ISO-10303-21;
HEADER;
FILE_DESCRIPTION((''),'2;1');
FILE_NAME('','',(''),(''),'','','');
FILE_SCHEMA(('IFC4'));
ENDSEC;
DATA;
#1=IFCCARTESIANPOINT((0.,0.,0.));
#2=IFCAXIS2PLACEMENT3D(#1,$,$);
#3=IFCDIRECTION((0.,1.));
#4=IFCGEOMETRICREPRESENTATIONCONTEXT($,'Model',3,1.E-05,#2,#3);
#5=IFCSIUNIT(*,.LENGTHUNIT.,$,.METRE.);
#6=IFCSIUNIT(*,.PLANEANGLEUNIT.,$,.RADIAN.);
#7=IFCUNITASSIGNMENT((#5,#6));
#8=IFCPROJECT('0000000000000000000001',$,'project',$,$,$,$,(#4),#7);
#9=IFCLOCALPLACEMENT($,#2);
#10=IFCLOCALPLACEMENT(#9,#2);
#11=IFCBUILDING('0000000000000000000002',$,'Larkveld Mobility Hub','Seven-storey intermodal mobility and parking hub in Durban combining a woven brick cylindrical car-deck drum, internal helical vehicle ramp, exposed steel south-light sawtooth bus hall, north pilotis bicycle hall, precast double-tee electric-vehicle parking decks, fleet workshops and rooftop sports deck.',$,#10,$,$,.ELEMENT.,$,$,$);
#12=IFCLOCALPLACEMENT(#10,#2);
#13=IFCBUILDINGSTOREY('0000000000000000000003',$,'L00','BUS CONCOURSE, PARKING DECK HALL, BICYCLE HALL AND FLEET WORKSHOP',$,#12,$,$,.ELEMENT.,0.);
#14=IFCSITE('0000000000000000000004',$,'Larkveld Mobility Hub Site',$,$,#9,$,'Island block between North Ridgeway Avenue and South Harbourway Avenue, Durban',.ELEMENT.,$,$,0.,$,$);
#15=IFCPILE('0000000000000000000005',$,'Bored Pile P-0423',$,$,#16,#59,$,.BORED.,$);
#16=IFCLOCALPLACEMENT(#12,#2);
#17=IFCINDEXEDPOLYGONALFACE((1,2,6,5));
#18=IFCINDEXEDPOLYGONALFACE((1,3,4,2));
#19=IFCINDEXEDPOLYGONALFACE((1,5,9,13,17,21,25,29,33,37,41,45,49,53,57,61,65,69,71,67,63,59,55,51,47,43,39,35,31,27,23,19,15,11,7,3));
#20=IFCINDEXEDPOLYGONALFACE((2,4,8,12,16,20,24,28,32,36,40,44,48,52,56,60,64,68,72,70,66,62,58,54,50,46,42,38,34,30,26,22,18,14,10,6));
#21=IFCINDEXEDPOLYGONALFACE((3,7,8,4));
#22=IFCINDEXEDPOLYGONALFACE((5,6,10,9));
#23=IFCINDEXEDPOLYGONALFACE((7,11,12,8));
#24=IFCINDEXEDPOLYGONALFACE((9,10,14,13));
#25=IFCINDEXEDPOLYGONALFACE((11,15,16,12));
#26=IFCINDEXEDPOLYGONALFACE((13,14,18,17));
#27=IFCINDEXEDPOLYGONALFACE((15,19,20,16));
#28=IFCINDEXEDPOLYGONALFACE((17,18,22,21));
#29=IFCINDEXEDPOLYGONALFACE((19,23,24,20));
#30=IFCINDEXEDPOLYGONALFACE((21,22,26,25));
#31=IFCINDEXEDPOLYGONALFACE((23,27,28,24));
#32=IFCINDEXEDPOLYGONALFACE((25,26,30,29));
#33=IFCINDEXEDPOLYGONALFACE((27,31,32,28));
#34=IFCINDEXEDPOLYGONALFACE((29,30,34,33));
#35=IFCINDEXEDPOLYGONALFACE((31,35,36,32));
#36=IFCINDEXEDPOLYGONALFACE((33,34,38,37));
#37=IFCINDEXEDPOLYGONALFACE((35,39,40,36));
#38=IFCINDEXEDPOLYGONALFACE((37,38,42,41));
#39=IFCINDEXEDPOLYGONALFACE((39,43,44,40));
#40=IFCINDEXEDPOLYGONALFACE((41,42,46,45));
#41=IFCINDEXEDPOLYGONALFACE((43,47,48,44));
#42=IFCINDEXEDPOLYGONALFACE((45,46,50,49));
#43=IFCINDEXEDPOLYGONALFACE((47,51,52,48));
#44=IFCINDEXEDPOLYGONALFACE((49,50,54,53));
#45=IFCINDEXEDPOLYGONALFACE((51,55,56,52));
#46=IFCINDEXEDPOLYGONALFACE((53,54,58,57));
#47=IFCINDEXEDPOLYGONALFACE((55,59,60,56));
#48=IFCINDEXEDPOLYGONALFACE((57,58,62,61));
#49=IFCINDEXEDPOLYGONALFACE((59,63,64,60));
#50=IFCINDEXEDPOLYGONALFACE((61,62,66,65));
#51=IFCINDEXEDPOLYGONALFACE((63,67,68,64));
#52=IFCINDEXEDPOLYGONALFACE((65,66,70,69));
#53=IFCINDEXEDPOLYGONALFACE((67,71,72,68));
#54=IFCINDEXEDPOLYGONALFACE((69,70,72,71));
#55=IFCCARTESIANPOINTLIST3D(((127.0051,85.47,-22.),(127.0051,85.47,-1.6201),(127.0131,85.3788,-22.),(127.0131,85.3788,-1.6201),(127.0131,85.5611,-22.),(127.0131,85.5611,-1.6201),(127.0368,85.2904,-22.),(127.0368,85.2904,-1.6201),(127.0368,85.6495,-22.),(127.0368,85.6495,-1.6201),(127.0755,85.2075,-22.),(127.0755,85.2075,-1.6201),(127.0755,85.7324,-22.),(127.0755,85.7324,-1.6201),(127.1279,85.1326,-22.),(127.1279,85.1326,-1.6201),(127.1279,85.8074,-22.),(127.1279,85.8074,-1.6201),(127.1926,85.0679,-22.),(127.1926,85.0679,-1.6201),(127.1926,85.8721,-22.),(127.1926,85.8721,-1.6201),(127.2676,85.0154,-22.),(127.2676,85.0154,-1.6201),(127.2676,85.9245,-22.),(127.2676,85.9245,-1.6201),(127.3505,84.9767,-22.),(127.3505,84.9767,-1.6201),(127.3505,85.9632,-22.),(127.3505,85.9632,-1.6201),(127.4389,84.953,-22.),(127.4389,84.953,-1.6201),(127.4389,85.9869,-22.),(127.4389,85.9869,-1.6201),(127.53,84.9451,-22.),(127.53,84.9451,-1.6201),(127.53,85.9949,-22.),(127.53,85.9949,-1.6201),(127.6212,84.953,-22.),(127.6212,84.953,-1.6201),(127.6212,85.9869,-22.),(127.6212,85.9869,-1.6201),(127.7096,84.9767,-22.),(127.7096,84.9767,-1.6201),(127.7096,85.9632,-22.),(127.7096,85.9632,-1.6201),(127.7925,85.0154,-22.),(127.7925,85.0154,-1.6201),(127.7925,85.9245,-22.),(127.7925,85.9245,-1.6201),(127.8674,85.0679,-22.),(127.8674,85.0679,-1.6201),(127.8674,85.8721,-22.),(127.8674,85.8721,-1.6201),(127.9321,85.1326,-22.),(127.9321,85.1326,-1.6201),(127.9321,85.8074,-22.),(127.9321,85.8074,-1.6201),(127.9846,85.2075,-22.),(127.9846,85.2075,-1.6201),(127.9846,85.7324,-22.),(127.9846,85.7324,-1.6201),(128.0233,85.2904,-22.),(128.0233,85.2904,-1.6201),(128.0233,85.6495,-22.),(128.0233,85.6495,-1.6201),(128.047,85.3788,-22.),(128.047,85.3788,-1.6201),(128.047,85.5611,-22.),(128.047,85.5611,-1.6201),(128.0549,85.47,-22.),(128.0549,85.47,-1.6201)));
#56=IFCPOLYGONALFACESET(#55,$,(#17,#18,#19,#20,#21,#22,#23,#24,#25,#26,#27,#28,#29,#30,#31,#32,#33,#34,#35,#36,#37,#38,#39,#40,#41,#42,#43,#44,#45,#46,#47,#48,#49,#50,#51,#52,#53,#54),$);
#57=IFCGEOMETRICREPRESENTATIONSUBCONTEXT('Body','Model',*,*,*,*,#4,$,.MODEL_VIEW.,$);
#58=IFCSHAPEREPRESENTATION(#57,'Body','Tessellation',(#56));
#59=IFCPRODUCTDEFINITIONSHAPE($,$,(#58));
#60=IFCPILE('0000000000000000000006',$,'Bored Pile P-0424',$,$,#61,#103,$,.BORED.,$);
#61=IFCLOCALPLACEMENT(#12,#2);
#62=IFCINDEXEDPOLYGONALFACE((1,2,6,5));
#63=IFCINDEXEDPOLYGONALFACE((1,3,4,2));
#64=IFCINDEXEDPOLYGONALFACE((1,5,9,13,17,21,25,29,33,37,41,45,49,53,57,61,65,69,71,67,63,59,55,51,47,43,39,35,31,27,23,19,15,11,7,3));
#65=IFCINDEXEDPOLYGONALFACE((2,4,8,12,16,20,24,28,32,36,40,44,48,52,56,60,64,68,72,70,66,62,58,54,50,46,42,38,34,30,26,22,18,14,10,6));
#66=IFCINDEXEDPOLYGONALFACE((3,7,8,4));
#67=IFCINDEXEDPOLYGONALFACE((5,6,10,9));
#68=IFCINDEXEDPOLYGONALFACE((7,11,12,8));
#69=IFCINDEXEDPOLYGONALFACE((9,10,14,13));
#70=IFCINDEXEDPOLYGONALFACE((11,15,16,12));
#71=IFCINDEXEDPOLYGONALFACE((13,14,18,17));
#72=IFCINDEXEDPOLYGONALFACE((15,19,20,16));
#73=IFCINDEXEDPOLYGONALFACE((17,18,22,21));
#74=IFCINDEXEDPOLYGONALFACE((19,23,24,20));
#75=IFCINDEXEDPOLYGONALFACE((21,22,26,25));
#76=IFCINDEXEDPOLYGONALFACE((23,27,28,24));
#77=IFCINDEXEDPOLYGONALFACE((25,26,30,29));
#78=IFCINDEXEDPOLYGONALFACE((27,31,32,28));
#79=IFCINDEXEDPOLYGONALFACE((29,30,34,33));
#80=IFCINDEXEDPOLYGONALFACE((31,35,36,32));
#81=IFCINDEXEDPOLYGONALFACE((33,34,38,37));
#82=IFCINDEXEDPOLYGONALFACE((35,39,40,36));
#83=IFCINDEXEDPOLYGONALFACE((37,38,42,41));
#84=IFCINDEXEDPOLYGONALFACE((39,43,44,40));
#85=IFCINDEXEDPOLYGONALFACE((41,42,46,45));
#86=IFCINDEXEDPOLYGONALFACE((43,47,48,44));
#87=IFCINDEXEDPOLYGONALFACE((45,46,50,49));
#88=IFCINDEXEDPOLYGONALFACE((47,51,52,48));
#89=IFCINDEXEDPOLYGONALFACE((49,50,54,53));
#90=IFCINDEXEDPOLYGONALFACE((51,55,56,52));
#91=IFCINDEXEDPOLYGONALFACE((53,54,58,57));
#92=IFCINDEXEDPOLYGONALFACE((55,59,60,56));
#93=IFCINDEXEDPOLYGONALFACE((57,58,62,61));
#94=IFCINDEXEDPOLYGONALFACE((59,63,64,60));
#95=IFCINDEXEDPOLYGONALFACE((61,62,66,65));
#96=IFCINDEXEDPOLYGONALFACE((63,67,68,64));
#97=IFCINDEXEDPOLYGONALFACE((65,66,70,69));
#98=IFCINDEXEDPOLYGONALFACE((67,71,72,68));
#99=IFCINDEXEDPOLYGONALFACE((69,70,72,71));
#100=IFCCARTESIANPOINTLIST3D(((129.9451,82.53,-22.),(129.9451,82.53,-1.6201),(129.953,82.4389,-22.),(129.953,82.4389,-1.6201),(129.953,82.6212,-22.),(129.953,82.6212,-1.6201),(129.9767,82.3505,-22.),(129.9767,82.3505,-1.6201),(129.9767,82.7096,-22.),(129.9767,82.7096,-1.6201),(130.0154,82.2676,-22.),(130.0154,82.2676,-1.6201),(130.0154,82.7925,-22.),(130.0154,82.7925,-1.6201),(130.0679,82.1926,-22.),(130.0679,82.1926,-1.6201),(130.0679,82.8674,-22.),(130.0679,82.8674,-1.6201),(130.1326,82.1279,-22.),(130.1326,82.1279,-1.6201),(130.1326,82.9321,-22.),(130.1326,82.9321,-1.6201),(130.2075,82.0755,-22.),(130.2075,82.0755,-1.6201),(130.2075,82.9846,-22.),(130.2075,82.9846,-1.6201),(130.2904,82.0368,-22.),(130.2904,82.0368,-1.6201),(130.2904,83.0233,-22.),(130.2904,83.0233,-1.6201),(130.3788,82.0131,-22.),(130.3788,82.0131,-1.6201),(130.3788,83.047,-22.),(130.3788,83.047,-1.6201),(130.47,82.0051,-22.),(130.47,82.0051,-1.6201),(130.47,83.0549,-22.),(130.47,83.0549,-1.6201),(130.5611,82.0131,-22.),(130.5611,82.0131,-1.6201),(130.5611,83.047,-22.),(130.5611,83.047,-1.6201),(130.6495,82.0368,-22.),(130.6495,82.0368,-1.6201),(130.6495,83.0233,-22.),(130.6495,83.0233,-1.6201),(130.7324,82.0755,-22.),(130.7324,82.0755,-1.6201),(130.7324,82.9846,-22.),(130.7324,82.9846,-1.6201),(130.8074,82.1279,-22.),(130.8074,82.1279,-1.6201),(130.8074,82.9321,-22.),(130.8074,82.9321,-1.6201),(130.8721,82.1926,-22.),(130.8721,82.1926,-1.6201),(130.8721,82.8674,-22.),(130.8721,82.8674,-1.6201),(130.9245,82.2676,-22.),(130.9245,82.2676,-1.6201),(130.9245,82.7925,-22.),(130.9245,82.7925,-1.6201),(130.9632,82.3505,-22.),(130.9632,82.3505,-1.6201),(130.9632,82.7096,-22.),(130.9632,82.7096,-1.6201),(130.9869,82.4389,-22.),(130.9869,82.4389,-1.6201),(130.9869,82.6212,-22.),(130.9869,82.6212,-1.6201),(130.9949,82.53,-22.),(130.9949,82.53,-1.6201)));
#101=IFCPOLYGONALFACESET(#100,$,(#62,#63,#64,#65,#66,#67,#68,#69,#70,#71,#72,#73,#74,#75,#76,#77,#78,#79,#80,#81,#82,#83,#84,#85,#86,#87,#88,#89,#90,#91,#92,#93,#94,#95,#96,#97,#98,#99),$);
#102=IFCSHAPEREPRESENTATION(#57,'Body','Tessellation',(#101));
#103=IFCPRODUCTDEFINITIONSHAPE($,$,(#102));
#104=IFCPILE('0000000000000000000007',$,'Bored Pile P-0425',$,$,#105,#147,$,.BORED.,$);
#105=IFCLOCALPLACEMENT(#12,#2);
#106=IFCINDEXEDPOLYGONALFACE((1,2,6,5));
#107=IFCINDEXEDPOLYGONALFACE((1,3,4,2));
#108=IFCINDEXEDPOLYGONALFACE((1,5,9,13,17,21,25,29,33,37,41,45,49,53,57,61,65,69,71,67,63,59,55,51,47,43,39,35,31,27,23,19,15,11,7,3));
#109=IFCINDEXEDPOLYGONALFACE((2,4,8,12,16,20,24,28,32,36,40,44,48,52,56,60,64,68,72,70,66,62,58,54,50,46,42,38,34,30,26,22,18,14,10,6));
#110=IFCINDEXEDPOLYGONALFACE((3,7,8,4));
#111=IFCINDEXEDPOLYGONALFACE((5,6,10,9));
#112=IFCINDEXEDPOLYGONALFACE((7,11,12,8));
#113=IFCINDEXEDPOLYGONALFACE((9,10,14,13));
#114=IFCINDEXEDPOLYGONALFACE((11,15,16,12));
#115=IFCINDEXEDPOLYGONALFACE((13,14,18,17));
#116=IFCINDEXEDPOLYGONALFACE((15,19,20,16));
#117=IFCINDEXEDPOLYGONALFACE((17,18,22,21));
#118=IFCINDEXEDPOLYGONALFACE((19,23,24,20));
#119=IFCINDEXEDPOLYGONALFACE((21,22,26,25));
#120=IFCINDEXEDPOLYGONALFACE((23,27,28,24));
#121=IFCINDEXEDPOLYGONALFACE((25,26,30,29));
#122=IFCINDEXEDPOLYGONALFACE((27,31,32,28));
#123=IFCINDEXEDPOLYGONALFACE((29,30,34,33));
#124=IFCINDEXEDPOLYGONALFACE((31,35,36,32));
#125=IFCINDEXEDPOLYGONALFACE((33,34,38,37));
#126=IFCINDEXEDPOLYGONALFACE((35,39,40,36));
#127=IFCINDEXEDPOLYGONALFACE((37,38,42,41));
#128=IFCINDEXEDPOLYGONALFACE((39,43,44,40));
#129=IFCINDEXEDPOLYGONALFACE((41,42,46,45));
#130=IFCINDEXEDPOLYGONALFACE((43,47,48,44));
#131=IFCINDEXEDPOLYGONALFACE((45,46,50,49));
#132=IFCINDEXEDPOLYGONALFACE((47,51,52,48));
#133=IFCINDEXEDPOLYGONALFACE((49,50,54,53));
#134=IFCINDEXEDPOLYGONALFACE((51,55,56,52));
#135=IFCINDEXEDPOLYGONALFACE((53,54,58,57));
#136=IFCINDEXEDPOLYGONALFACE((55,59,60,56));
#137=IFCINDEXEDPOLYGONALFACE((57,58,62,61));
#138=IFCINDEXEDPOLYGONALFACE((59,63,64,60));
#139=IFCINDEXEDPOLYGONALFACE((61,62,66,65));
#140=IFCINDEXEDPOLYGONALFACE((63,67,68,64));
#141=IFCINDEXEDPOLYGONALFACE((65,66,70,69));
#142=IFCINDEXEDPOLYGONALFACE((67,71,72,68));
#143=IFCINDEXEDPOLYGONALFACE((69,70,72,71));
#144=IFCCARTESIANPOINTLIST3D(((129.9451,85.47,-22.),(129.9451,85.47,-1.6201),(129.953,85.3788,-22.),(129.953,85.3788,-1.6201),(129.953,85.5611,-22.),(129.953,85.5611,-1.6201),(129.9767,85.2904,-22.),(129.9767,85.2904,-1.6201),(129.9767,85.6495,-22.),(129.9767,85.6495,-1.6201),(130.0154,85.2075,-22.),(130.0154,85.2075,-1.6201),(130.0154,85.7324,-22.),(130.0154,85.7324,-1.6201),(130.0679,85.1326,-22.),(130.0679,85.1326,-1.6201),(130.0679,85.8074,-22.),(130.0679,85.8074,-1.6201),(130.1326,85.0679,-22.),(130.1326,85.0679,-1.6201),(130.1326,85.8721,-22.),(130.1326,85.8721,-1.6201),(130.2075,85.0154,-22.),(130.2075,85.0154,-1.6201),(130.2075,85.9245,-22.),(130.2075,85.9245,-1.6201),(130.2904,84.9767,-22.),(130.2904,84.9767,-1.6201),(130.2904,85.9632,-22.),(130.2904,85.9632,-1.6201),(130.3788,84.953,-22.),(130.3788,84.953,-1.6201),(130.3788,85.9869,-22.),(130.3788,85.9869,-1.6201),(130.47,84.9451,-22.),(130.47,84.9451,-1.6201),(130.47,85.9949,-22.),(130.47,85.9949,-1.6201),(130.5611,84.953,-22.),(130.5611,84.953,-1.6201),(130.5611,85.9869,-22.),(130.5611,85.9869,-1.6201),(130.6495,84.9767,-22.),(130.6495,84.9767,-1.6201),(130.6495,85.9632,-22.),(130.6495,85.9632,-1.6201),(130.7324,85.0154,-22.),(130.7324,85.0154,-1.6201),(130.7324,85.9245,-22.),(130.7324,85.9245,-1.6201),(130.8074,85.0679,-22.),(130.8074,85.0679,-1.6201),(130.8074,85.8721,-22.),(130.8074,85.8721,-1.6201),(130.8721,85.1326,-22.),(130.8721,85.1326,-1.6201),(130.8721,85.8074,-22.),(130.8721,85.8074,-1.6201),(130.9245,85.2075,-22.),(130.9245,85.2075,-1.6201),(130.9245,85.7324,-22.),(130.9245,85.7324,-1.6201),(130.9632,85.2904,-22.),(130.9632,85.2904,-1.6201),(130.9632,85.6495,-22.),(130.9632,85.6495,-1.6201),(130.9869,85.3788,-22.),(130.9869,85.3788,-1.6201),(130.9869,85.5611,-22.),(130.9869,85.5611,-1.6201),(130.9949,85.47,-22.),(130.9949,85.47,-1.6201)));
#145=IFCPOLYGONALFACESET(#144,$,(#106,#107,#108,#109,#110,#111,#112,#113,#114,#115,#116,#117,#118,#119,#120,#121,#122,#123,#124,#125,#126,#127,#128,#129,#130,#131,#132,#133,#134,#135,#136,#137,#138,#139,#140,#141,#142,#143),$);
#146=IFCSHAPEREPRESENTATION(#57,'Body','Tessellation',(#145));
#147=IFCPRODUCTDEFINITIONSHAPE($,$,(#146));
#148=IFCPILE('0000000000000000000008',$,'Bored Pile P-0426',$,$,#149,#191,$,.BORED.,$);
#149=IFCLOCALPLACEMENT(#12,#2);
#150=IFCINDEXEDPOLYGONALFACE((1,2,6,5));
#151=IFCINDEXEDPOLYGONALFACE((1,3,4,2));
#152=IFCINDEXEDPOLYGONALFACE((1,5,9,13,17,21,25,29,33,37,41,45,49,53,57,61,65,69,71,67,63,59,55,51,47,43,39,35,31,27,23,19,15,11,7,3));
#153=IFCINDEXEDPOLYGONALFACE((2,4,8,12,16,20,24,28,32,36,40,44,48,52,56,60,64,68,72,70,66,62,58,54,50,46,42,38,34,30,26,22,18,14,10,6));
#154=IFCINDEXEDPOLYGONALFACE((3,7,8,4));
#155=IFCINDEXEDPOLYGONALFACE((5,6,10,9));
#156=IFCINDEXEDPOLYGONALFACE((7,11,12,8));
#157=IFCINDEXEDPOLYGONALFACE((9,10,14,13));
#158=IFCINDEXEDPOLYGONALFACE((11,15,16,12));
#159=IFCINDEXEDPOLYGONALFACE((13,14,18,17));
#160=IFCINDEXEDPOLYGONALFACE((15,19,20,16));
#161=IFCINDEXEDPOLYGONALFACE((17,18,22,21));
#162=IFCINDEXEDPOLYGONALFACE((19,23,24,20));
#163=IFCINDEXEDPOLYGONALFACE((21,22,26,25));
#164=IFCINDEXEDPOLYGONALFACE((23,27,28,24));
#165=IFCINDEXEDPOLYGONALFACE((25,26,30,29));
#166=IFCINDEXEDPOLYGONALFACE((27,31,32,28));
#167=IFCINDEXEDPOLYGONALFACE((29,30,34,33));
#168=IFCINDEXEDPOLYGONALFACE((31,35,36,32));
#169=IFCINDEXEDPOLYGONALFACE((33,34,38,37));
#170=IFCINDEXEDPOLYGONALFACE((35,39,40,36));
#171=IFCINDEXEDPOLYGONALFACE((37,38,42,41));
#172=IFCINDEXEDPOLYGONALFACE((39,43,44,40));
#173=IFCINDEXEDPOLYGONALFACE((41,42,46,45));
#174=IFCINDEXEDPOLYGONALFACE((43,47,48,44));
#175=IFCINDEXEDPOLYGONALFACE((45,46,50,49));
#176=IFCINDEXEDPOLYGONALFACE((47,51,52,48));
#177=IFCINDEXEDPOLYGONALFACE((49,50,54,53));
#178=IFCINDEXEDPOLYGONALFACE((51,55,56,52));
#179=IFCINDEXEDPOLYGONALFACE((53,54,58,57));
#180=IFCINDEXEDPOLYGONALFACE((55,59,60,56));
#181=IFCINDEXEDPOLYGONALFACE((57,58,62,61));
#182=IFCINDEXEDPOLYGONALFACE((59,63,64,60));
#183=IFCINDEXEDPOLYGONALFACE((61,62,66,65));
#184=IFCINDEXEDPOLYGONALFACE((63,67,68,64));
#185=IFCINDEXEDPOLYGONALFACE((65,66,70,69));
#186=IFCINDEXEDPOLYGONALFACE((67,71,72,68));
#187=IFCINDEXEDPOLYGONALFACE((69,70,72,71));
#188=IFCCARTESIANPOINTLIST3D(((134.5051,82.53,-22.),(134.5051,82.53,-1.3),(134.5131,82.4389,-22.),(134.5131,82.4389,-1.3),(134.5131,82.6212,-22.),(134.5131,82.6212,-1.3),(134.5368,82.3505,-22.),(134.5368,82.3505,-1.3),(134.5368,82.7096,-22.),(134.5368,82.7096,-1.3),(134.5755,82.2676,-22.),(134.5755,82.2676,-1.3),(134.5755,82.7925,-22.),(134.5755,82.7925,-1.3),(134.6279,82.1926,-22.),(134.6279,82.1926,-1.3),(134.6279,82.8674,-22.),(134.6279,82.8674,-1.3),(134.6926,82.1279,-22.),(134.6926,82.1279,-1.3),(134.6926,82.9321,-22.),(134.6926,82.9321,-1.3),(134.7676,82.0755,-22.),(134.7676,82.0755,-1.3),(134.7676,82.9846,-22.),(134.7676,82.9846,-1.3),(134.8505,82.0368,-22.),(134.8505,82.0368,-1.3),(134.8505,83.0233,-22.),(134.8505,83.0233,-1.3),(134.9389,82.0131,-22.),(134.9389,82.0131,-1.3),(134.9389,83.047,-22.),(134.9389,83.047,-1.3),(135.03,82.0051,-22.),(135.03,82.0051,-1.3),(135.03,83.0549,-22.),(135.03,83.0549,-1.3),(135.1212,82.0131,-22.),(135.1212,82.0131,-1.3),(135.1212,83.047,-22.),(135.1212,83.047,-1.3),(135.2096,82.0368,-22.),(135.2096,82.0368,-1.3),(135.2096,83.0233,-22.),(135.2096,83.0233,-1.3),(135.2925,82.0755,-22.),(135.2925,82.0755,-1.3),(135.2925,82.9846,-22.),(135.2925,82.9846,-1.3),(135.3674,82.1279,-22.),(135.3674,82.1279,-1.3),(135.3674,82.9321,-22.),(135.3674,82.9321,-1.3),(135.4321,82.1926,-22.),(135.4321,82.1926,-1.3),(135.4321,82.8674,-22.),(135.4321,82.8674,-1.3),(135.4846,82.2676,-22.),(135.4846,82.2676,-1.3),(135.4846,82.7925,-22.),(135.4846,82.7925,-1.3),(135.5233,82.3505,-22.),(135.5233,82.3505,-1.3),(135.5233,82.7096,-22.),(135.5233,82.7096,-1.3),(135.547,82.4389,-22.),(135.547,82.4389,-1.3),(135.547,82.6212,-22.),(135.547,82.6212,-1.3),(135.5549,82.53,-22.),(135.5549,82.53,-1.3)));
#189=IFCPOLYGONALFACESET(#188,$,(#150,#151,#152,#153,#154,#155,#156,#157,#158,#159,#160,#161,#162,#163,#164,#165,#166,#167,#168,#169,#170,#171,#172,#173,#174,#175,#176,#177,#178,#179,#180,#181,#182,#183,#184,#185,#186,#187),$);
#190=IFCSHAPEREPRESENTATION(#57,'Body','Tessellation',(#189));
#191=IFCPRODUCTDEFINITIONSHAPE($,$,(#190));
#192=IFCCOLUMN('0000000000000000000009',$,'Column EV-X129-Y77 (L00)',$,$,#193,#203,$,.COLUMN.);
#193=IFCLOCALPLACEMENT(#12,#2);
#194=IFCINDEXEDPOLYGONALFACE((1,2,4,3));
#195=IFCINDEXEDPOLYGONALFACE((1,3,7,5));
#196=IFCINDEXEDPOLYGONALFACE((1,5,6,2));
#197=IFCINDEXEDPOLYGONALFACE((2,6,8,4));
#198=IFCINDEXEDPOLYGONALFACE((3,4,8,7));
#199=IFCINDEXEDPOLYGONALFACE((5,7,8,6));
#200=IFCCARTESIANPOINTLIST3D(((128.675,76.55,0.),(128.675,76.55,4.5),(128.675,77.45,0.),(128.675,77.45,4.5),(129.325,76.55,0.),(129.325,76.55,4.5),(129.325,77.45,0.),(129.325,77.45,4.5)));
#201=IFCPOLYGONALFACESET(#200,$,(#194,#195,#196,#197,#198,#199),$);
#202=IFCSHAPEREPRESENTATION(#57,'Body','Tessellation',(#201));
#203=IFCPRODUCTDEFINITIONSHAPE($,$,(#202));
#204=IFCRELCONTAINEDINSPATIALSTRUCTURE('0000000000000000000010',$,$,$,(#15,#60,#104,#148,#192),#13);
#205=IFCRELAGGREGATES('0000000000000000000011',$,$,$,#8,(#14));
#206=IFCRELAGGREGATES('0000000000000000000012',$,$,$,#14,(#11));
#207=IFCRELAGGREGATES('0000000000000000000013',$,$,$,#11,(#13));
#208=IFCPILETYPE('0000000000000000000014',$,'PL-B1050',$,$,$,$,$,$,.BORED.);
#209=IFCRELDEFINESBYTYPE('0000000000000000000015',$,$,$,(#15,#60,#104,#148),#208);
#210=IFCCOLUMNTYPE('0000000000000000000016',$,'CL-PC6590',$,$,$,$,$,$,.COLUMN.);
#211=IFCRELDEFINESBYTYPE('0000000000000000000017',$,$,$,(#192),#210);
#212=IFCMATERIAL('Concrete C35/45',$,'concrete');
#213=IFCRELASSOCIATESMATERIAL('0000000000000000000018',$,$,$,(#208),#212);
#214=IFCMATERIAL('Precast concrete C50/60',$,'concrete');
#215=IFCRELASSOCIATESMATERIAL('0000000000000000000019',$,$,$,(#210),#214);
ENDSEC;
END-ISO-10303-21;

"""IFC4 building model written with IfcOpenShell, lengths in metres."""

from ifc_helpers import new_model, si_unit, direction, frame, origin, origin_2d, place, context, subcontext, project, spatial, rectangle, circle, extrude, material, material_profile, profile_set, type_object, element, save


model = new_model("IFC4")

# Units and contexts
model_context = context("Model", 3, precision=1e-05, world=origin(), true_north=direction((0.0, 1.0)))
body_context = subcontext(model_context, "Body", "Model", "MODEL_VIEW")
ifc_project = project(units=[si_unit("LENGTHUNIT", "METRE"), si_unit("PLANEANGLEUNIT", "RADIAN")], contexts=[model_context])

# Site, building, storey
site_placement = place(None, origin())
site = spatial("IfcSite", under=ifc_project, at=site_placement, Name="Larkveld Mobility Hub Site", LongName="Island block between North Ridgeway Avenue and South Harbourway Avenue, Durban", CompositionType="ELEMENT", RefElevation=0.0)
building_placement = place(site_placement, origin())
building = spatial("IfcBuilding", under=site, at=building_placement, Name="Larkveld Mobility Hub", Description="Seven-storey intermodal mobility and parking hub in Durban combining a woven brick cylindrical car-deck drum, internal helical vehicle ramp, exposed steel south-light sawtooth bus hall, north pilotis bicycle hall, precast double-tee electric-vehicle parking decks, fleet workshops and rooftop sports deck.", CompositionType="ELEMENT")
storey_placement = place(building_placement, origin())
storey = spatial("IfcBuildingStorey", under=building, at=storey_placement, Name="L00", Description="BUS CONCOURSE, PARKING DECK HALL, BICYCLE HALL AND FLEET WORKSHOP", CompositionType="ELEMENT", Elevation=0.0)

# Shared definitions
ifc_material_1 = material(Name="Concrete C35/45", Category="concrete")

# Piles
ifc_material_profile_1 = material_profile(ifc_material_1, circle(Radius=0.5249, at=origin_2d()), Name="PILE D1050")
ifc_profile_set_1 = profile_set([ifc_material_profile_1], Name="Concrete C35/45")
pile_type = type_object("IfcPileType", Name="PL-B1050", PredefinedType="BORED", material=ifc_profile_set_1)
for number, where, z_axis, x_axis, name in (
    (1, (127.53, 85.47, -1.6201), (0.0, 0.0, -1.0), (1.0, 0.0, 0.0), "Bored Pile P-0423"),
    (2, (130.47, 82.53, -1.6201), (0.0, 0.0, -1.0), (1.0, 0.0, 0.0), "Bored Pile P-0424"),
    (3, (130.47, 85.47, -1.6201), (0.0, 0.0, -1.0), (1.0, 0.0, 0.0), "Bored Pile P-0425"),
):
    element("IfcPile", number, at=place(storey_placement, frame(where, z_axis=z_axis, x_axis=x_axis)), inside=storey, type_object=pile_type, Name=name, PredefinedType="BORED", context=body_context, shape_type="SweptSolid", body=[
        extrude(circle(Radius=0.5249, at=origin_2d()), origin(), (0.0, 0.0, 1.0), 20.3799),
    ])
pile_1_placement = place(storey_placement, frame((135.03, 82.53, -1.3), z_axis=(0.0, 0.0, -1.0), x_axis=(1.0, 0.0, 0.0)))
element("IfcPile", 4, at=pile_1_placement, inside=storey, type_object=pile_type, Name="Bored Pile P-0426", PredefinedType="BORED", context=body_context, shape_type="SweptSolid", body=[
    extrude(circle(Radius=0.5249, at=origin_2d()), origin(), (0.0, 0.0, 1.0), 20.7),
])

# Column
ifc_material_2 = material(Name="Precast concrete C50/60", Category="concrete")
ifc_material_profile_2 = material_profile(ifc_material_2, rectangle(XDim=0.6499, YDim=0.8999, at=origin_2d()), Name="RC COL 650x900")
ifc_profile_set_2 = profile_set([ifc_material_profile_2], Name="Precast concrete C50/60")
column_type_1 = type_object("IfcColumnType", Name="CL-PC6590", PredefinedType="COLUMN", material=ifc_profile_set_2)
for number, where, z_axis, x_axis, name in (
    (5, (129.0, 77.0, 0.0), (0.0, 0.0, 1.0), (1.0, 0.0, 0.0), "Column EV-X129-Y77 (L00)"),
):
    element("IfcColumn", number, at=place(storey_placement, frame(where, z_axis=z_axis, x_axis=x_axis)), inside=storey, type_object=column_type_1, Name=name, PredefinedType="COLUMN", context=body_context, shape_type="SweptSolid", body=[
        extrude(rectangle(XDim=0.6499, YDim=0.8999, at=origin_2d()), origin(), (0.0, 0.0, 1.0), 4.5),
    ])

save(model, "model.ifc")
